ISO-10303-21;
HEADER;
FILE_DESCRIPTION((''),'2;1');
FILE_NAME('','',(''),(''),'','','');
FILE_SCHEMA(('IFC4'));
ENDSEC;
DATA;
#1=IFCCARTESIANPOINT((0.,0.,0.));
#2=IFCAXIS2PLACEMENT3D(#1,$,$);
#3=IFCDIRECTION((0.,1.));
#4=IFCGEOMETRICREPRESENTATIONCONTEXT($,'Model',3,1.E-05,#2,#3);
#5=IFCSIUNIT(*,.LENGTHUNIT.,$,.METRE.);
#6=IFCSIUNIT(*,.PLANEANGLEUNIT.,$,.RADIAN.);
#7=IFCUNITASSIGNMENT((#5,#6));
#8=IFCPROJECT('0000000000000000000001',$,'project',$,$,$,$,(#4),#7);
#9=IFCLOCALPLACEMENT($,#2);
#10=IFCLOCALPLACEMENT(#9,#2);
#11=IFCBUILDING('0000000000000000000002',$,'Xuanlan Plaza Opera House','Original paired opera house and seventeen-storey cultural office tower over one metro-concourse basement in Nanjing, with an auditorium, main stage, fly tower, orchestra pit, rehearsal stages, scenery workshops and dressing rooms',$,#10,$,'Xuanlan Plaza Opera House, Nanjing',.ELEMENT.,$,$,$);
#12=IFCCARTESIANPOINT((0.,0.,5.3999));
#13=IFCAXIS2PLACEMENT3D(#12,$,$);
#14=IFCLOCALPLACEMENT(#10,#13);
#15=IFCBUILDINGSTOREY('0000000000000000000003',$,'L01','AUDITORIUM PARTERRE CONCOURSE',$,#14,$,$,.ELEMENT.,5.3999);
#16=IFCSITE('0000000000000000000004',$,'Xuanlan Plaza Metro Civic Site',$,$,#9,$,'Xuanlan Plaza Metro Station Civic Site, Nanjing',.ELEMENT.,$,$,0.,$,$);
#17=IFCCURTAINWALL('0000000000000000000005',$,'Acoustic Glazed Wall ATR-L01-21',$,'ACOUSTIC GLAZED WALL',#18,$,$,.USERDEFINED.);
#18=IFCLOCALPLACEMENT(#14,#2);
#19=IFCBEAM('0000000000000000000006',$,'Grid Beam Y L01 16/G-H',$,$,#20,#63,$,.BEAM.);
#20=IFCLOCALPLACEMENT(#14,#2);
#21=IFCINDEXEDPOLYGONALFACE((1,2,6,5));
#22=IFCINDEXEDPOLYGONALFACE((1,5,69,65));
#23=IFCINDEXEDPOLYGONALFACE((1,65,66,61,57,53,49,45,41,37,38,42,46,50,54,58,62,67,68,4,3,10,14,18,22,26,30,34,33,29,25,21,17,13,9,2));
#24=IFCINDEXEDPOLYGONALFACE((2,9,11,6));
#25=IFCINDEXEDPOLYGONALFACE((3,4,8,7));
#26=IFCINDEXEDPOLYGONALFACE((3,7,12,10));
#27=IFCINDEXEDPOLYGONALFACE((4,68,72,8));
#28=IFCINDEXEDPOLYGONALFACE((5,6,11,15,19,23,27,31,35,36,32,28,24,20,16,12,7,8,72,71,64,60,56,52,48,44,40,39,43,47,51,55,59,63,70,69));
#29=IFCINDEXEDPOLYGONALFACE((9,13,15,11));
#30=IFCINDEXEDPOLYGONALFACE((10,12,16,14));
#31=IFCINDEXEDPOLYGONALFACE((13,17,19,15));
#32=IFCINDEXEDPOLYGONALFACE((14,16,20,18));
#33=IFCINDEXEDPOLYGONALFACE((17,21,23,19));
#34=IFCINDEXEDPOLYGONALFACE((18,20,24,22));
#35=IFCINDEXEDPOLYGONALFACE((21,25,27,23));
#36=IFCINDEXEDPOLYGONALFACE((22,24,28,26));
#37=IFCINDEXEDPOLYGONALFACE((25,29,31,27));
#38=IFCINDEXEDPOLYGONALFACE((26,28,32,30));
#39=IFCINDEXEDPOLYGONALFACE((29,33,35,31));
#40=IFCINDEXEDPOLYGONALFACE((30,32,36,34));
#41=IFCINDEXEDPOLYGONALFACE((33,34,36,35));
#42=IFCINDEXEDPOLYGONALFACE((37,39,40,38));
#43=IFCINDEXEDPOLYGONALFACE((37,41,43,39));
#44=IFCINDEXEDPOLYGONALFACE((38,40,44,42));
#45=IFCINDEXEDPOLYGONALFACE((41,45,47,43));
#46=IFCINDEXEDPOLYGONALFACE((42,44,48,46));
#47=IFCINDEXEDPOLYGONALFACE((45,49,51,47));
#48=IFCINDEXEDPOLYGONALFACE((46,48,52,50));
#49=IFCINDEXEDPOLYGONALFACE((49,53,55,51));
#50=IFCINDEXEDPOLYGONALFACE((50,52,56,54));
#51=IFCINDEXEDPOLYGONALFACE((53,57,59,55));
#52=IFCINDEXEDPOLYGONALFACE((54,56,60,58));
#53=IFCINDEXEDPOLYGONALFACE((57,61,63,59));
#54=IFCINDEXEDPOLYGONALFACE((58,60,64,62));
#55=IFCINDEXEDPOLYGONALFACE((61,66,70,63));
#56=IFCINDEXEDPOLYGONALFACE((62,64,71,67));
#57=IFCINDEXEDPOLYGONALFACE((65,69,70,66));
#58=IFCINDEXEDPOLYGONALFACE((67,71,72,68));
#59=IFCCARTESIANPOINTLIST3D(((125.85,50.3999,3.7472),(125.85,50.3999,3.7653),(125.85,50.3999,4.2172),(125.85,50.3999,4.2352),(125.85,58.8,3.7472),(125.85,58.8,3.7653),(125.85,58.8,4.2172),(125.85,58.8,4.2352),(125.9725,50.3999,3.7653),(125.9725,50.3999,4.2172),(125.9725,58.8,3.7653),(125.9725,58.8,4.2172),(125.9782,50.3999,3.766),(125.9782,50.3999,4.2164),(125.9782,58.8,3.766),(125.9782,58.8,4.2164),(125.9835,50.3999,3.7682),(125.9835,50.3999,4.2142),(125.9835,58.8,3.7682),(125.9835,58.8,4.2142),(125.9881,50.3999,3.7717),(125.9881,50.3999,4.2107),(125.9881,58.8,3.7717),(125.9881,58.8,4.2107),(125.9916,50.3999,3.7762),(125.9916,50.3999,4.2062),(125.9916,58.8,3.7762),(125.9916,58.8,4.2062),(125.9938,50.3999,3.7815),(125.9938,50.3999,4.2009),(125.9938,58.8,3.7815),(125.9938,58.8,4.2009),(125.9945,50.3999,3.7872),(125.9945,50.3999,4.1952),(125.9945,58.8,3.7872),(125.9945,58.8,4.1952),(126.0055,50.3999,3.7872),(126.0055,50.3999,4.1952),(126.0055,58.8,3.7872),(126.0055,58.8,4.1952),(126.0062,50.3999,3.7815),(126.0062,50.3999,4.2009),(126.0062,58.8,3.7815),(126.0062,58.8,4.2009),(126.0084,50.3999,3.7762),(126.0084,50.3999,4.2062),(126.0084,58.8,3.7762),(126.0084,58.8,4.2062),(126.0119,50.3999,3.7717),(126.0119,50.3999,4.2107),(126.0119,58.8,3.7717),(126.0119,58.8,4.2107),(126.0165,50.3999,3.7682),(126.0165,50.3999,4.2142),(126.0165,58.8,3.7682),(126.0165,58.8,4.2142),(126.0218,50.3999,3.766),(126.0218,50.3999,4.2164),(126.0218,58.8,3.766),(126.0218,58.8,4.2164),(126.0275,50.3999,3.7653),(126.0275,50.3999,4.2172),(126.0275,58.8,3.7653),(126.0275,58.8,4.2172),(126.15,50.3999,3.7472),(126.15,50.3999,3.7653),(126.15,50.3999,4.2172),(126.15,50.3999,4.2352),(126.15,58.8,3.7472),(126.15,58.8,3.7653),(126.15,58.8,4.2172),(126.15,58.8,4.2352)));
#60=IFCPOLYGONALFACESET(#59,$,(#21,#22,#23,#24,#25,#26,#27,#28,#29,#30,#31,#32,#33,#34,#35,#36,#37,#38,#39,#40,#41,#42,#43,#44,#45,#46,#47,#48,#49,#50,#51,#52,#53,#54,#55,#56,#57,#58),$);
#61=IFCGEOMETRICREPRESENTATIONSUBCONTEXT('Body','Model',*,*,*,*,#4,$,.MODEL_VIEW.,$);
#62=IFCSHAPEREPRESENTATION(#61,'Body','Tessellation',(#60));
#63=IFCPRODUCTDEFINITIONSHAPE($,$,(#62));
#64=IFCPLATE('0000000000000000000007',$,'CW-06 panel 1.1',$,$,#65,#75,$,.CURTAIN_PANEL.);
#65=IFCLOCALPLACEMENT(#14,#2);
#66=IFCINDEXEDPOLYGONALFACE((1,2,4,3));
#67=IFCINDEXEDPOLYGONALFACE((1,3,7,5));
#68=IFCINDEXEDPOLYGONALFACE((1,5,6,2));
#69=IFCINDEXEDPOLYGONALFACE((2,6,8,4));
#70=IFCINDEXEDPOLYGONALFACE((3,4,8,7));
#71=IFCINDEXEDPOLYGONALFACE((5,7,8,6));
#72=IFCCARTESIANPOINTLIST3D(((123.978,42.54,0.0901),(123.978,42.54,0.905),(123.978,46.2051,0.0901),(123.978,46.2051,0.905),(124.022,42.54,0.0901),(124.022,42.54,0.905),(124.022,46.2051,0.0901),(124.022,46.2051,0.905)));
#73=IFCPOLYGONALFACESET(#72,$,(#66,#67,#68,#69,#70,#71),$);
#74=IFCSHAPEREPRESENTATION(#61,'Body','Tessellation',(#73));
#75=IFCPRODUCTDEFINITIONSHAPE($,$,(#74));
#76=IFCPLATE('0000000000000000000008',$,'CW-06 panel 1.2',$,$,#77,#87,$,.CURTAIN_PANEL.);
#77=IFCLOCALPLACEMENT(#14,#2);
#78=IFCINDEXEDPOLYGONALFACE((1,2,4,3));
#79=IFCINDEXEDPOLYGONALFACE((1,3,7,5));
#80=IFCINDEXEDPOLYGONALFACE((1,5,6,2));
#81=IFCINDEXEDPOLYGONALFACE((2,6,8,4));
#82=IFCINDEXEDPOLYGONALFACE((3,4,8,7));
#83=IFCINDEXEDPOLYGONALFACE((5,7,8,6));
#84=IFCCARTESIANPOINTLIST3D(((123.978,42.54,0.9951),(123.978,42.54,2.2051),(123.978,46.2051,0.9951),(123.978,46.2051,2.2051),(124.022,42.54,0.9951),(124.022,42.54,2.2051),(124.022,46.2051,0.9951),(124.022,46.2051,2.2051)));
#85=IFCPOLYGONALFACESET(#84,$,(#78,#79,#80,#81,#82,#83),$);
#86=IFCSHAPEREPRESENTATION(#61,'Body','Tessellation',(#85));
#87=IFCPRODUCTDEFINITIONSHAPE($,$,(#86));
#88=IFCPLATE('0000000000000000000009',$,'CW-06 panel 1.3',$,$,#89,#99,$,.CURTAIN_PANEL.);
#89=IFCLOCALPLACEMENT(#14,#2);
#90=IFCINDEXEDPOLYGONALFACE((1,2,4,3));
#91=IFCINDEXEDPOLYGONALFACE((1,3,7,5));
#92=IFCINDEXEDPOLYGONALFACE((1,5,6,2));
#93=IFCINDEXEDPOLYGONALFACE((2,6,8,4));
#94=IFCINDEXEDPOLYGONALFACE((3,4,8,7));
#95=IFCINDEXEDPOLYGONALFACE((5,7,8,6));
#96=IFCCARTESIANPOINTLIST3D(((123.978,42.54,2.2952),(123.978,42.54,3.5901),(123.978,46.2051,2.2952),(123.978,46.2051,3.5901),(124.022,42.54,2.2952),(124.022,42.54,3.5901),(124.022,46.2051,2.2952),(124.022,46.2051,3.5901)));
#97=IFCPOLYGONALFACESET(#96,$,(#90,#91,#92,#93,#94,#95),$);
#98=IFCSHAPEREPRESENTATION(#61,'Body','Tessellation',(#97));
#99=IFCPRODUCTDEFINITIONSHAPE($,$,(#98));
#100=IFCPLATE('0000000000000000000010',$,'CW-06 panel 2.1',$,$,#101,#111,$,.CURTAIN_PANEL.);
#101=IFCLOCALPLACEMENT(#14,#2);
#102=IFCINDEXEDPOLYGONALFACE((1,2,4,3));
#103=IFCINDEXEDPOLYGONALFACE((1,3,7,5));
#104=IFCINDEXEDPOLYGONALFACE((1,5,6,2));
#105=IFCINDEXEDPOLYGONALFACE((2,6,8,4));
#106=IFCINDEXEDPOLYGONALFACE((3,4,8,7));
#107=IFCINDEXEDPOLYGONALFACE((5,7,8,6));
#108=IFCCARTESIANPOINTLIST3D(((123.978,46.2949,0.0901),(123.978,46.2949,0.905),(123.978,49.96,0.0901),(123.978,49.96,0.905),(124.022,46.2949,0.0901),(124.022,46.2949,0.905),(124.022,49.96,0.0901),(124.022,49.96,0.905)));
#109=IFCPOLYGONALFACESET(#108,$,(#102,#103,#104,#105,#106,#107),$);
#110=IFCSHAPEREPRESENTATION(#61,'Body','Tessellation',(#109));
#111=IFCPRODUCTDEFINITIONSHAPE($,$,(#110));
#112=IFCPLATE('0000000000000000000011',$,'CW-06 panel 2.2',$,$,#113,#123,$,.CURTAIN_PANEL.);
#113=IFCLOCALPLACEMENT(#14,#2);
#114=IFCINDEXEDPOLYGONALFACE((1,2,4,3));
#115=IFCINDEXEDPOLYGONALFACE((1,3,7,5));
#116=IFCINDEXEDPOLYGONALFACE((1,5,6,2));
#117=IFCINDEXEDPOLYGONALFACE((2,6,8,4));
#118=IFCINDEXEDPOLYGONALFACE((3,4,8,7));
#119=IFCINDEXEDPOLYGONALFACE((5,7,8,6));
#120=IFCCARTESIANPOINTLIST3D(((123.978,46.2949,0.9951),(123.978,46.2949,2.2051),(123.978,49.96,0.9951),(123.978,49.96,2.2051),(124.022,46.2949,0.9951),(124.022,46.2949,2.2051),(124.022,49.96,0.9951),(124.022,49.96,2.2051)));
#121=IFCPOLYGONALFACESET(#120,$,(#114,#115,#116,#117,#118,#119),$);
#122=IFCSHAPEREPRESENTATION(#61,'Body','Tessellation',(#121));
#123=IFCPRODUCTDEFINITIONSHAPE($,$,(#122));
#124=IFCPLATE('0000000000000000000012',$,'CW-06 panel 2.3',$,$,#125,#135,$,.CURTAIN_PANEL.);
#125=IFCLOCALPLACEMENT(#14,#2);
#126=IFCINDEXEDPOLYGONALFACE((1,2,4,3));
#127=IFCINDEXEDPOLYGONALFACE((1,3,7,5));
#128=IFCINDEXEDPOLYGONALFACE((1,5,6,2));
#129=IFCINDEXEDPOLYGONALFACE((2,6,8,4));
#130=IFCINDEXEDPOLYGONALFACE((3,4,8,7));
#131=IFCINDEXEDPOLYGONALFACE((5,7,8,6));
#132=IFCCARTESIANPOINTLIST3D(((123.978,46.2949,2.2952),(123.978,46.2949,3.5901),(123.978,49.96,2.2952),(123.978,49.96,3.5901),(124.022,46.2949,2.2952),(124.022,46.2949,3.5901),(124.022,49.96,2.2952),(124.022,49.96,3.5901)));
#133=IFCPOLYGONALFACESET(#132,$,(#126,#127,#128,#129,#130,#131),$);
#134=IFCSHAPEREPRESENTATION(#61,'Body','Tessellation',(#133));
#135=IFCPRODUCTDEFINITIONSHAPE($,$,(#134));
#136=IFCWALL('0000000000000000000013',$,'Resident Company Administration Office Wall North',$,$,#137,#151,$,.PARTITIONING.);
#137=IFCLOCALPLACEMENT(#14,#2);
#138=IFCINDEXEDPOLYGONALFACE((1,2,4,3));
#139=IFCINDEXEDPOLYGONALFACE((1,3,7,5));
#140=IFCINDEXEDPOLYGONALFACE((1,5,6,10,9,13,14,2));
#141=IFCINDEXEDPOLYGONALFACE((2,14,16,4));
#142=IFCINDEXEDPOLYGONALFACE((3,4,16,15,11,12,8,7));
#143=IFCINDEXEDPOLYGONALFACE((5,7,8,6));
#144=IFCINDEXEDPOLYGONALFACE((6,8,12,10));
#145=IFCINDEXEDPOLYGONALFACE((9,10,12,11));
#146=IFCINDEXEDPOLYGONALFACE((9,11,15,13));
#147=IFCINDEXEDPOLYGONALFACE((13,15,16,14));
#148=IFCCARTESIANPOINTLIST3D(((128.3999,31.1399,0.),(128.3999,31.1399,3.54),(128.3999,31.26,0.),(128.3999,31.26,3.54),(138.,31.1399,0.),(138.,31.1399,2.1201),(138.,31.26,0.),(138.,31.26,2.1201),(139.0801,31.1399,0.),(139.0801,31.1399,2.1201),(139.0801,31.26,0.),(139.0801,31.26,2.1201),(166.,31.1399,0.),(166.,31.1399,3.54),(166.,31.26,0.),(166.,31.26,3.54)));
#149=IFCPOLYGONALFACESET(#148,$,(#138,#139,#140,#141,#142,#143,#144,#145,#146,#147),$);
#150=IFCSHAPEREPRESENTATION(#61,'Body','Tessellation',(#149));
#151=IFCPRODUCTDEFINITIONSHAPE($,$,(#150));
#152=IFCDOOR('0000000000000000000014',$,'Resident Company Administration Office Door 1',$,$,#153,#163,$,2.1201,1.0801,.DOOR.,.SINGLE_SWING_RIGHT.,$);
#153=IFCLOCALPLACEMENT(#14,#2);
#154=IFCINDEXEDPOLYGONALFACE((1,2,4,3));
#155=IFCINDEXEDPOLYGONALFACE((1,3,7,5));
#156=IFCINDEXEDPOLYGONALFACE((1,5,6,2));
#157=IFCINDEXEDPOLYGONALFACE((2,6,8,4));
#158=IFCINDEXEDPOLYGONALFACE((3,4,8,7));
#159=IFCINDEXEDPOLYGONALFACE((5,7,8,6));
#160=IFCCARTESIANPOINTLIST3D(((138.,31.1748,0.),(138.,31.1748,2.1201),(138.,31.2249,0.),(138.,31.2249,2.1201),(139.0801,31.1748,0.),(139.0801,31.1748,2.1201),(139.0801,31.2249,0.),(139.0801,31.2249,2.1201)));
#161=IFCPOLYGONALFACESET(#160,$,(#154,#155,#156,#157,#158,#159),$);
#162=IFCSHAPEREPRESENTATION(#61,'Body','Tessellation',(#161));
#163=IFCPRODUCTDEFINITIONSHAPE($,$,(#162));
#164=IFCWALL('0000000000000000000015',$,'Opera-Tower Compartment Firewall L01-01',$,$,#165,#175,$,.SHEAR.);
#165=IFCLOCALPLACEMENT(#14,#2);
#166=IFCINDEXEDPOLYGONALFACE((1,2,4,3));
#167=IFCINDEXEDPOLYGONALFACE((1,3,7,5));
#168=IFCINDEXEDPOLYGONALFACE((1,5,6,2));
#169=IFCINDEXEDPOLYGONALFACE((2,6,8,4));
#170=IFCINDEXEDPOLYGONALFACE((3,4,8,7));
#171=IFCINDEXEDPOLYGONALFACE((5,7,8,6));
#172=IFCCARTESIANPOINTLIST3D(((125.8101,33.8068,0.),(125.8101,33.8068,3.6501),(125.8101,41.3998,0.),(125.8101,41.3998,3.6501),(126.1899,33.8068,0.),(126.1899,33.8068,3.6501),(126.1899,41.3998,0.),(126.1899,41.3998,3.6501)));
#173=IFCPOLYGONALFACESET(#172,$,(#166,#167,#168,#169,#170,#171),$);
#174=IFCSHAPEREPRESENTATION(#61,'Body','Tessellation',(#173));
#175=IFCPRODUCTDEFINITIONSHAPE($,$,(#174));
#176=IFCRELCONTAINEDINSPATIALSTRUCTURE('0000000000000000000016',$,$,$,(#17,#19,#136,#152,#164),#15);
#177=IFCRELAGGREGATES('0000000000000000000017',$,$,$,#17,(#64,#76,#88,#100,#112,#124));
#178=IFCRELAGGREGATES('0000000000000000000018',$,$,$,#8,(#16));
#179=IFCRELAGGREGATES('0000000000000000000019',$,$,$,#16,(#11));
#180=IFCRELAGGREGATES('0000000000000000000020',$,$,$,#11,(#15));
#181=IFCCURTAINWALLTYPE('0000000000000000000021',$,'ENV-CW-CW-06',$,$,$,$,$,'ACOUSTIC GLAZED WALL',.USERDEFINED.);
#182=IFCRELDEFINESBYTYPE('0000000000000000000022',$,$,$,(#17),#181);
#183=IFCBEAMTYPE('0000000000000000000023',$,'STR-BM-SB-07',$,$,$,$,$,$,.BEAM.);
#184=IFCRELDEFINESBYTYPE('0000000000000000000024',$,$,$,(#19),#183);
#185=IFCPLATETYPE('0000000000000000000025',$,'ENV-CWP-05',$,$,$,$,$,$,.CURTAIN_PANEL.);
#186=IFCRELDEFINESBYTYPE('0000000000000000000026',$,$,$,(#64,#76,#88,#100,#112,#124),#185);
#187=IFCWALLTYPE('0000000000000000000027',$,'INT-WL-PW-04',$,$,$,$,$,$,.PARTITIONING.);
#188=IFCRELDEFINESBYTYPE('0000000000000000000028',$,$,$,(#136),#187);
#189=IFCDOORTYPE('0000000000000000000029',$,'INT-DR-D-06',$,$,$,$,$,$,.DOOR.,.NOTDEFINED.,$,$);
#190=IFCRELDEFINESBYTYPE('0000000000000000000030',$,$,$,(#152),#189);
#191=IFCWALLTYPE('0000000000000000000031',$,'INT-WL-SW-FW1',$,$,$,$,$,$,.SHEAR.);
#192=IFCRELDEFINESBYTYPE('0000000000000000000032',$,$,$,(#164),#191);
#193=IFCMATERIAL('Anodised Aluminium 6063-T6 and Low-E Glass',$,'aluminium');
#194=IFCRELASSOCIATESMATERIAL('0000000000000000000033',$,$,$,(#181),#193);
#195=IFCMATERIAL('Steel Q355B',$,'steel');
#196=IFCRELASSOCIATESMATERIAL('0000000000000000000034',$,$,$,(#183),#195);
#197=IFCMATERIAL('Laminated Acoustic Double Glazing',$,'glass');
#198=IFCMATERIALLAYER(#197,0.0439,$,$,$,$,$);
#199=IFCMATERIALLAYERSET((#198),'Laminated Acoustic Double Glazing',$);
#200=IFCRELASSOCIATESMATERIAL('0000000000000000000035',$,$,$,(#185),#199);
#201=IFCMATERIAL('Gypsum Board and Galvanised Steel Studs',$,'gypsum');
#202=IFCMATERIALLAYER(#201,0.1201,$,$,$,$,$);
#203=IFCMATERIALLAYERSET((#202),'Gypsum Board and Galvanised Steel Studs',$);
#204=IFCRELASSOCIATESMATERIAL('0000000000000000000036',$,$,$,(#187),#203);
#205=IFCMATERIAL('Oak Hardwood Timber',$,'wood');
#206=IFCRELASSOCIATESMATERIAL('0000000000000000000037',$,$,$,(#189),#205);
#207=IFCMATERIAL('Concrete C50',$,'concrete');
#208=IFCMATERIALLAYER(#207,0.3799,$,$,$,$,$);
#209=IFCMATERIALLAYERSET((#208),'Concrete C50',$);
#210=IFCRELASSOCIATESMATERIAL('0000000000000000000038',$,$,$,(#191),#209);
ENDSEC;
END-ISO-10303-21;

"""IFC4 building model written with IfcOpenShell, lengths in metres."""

from ifc_helpers import new_model, si_unit, direction, frame, frame_2d, origin, origin_2d, place, context, subcontext, project, spatial, rectangle, i_section, extrude, material, layer, layer_set, material_profile, profile_set, type_object, element, fill, aggregate, save


model = new_model("IFC4")

# Units and contexts
model_context = context("Model", 3, precision=1e-05, world=origin(), true_north=direction((0.0, 1.0)))
body_context = subcontext(model_context, "Body", "Model", "MODEL_VIEW")
ifc_project = project(units=[si_unit("LENGTHUNIT", "METRE"), si_unit("PLANEANGLEUNIT", "RADIAN")], contexts=[model_context])

# Site, building, storey
site_placement = place(None, origin())
site = spatial("IfcSite", under=ifc_project, at=site_placement, Name="Xuanlan Plaza Metro Civic Site", LongName="Xuanlan Plaza Metro Station Civic Site, Nanjing", CompositionType="ELEMENT", RefElevation=0.0)
building_placement = place(site_placement, origin())
building = spatial("IfcBuilding", under=site, at=building_placement, Name="Xuanlan Plaza Opera House", Description="Original paired opera house and seventeen-storey cultural office tower over one metro-concourse basement in Nanjing, with an auditorium, main stage, fly tower, orchestra pit, rehearsal stages, scenery workshops and dressing rooms", LongName="Xuanlan Plaza Opera House, Nanjing", CompositionType="ELEMENT")
storey_placement = place(building_placement, frame((0.0, 0.0, 5.3999)))
storey = spatial("IfcBuildingStorey", under=building, at=storey_placement, Name="L01", Description="AUDITORIUM PARTERRE CONCOURSE", CompositionType="ELEMENT", Elevation=5.3999)

# Curtain wall
ifc_material_1 = material(Name="Anodised Aluminium 6063-T6 and Low-E Glass", Category="aluminium")
curtain_wall_type = type_object("IfcCurtainWallType", Name="ENV-CW-CW-06", ElementType="ACOUSTIC GLAZED WALL", PredefinedType="USERDEFINED", material=ifc_material_1)
curtain_wall_placement = place(storey_placement, origin())
curtain_wall = element("IfcCurtainWall", 1, at=curtain_wall_placement, inside=storey, type_object=curtain_wall_type, Name="Acoustic Glazed Wall ATR-L01-21", ObjectType="ACOUSTIC GLAZED WALL", PredefinedType="USERDEFINED")

# Beam
ifc_material_2 = material(Name="Steel Q355B", Category="steel")
ifc_material_profile_1 = material_profile(ifc_material_2, i_section(OverallWidth=0.3, OverallDepth=0.488, WebThickness=0.011, FlangeThickness=0.0181, FilletRadius=0.022, at=origin_2d()), Name="HM 488x300x11x18")
ifc_profile_set_1 = profile_set([ifc_material_profile_1], Name="Steel Q355B")
beam_type_1 = type_object("IfcBeamType", Name="STR-BM-SB-07", PredefinedType="BEAM", material=ifc_profile_set_1)
beam_1_placement = place(storey_placement, frame((126.0, 50.3999, 3.9912), z_axis=(0.0, 1.0, 0.0), x_axis=(-1.0, 0.0, 0.0)))
element("IfcBeam", 2, at=beam_1_placement, inside=storey, type_object=beam_type_1, Name="Grid Beam Y L01 16/G-H", PredefinedType="BEAM", context=body_context, shape_type="SweptSolid", body=[
    extrude(i_section(OverallWidth=0.3, OverallDepth=0.488, WebThickness=0.011, FlangeThickness=0.0181, FilletRadius=0.022, at=origin_2d()), origin(), (0.0, 0.0, 1.0), 8.4001),
])

# Plates
ifc_material_3 = material(Name="Laminated Acoustic Double Glazing", Category="glass")
ifc_layer_1 = layer(ifc_material_3, 0.0439)
ifc_layer_set_1 = layer_set([ifc_layer_1], Name="Laminated Acoustic Double Glazing")
plate_type = type_object("IfcPlateType", Name="ENV-CWP-05", PredefinedType="CURTAIN_PANEL", material=ifc_layer_set_1)
plate_1_placement = place(storey_placement, frame((124.0, 44.3726, 0.0901), z_axis=(0.0, 0.0, 1.0), x_axis=(0.0, 1.0, 0.0)))
plate_1 = element("IfcPlate", 3, at=plate_1_placement, type_object=plate_type, Name="CW-06 panel 1.1", PredefinedType="CURTAIN_PANEL", context=body_context, shape_type="SweptSolid", body=[
    extrude(rectangle(XDim=3.665, YDim=0.0439, at=origin_2d()), origin(), (0.0, 0.0, 1.0), 0.8149),
])
plate_2_placement = place(storey_placement, frame((124.0, 44.3726, 0.9951), z_axis=(0.0, 0.0, 1.0), x_axis=(0.0, 1.0, 0.0)))
plate_2 = element("IfcPlate", 4, at=plate_2_placement, type_object=plate_type, Name="CW-06 panel 1.2", PredefinedType="CURTAIN_PANEL", context=body_context, shape_type="SweptSolid", body=[
    extrude(rectangle(XDim=3.665, YDim=0.0439, at=origin_2d()), origin(), (0.0, 0.0, 1.0), 1.21),
])
plate_3_placement = place(storey_placement, frame((124.0, 44.3726, 2.2952), z_axis=(0.0, 0.0, 1.0), x_axis=(0.0, 1.0, 0.0)))
plate_3 = element("IfcPlate", 5, at=plate_3_placement, type_object=plate_type, Name="CW-06 panel 1.3", PredefinedType="CURTAIN_PANEL", context=body_context, shape_type="SweptSolid", body=[
    extrude(rectangle(XDim=3.665, YDim=0.0439, at=origin_2d()), origin(), (0.0, 0.0, 1.0), 1.2949),
])
plate_4_placement = place(storey_placement, frame((124.0, 48.1274, 0.0901), z_axis=(0.0, 0.0, 1.0), x_axis=(0.0, 1.0, 0.0)))
plate_4 = element("IfcPlate", 6, at=plate_4_placement, type_object=plate_type, Name="CW-06 panel 2.1", PredefinedType="CURTAIN_PANEL", context=body_context, shape_type="SweptSolid", body=[
    extrude(rectangle(XDim=3.665, YDim=0.0439, at=origin_2d()), origin(), (0.0, 0.0, 1.0), 0.8149),
])
plate_5_placement = place(storey_placement, frame((124.0, 48.1274, 0.9951), z_axis=(0.0, 0.0, 1.0), x_axis=(0.0, 1.0, 0.0)))
plate_5 = element("IfcPlate", 7, at=plate_5_placement, type_object=plate_type, Name="CW-06 panel 2.2", PredefinedType="CURTAIN_PANEL", context=body_context, shape_type="SweptSolid", body=[
    extrude(rectangle(XDim=3.665, YDim=0.0439, at=origin_2d()), origin(), (0.0, 0.0, 1.0), 1.21),
])
plate_6_placement = place(storey_placement, frame((124.0, 48.1274, 2.2952), z_axis=(0.0, 0.0, 1.0), x_axis=(0.0, 1.0, 0.0)))
plate_6 = element("IfcPlate", 8, at=plate_6_placement, type_object=plate_type, Name="CW-06 panel 2.3", PredefinedType="CURTAIN_PANEL", context=body_context, shape_type="SweptSolid", body=[
    extrude(rectangle(XDim=3.665, YDim=0.0439, at=origin_2d()), origin(), (0.0, 0.0, 1.0), 1.2949),
])
aggregate(curtain_wall, [plate_1, plate_2, plate_3, plate_4, plate_5, plate_6])

# Wall, opening, door
ifc_material_4 = material(Name="Gypsum Board and Galvanised Steel Studs", Category="gypsum")
ifc_layer_2 = layer(ifc_material_4, 0.1201)
ifc_layer_set_2 = layer_set([ifc_layer_2], Name="Gypsum Board and Galvanised Steel Studs")
wall_type_1 = type_object("IfcWallType", Name="INT-WL-PW-04", PredefinedType="PARTITIONING", material=ifc_layer_set_2)
wall_1_placement = place(storey_placement, frame((128.3999, 31.2, 0.0), z_axis=(0.0, 0.0, 1.0), x_axis=(1.0, 0.0, 0.0)))
wall_1 = element("IfcWall", 9, at=wall_1_placement, inside=storey, type_object=wall_type_1, Name="Resident Company Administration Office Wall North", PredefinedType="PARTITIONING", context=body_context, shape_type="SweptSolid", body=[
    extrude(rectangle(XDim=37.6001, YDim=0.1201, at=frame_2d((18.8, 0.0))), origin(), (0.0, 0.0, 1.0), 3.54),
])
opening_1_placement = place(wall_1_placement, frame((9.6001, 0.0, 0.0)))
opening_1 = element("IfcOpeningElement", 10, at=opening_1_placement, cuts=wall_1, PredefinedType="OPENING", context=body_context, shape_type="SweptSolid", body=[
    extrude(rectangle(XDim=1.0801, YDim=2.1201, at=frame_2d((0.54, 1.0601))), frame((0.0, 0.0701, 0.0), z_axis=(0.0, -1.0, 0.0), x_axis=(1.0, 0.0, 0.0)), (0.0, 0.0, 1.0), 0.1401),
])
ifc_material_5 = material(Name="Oak Hardwood Timber", Category="wood")
door_type_1 = type_object("IfcDoorType", Name="INT-DR-D-06", OperationType="NOTDEFINED", PredefinedType="DOOR", material=ifc_material_5)
door_1_placement = place(opening_1_placement, origin())
door_1 = element("IfcDoor", 11, at=door_1_placement, inside=storey, type_object=door_type_1, Name="Resident Company Administration Office Door 1", OperationType="SINGLE_SWING_RIGHT", OverallHeight=2.1201, OverallWidth=1.0801, PredefinedType="DOOR", context=body_context, shape_type="SweptSolid", body=[
    extrude(rectangle(XDim=1.0801, YDim=2.1201, at=frame_2d((0.54, 1.0601))), frame((0.0, 0.0249, 0.0), z_axis=(0.0, -1.0, 0.0), x_axis=(1.0, 0.0, 0.0)), (0.0, 0.0, 1.0), 0.05),
])
fill(opening_1, door_1)

# Wall
ifc_material_6 = material(Name="Concrete C50", Category="concrete")
ifc_layer_3 = layer(ifc_material_6, 0.3799)
ifc_layer_set_3 = layer_set([ifc_layer_3], Name="Concrete C50")
wall_type_2 = type_object("IfcWallType", Name="INT-WL-SW-FW1", PredefinedType="SHEAR", material=ifc_layer_set_3)
wall_2_placement = place(storey_placement, frame((126.0, 33.8069, 0.0), z_axis=(0.0, 0.0, 1.0), x_axis=(0.0, 1.0, 0.0)))
element("IfcWall", 12, at=wall_2_placement, inside=storey, type_object=wall_type_2, Name="Opera-Tower Compartment Firewall L01-01", PredefinedType="SHEAR", context=body_context, shape_type="SweptSolid", body=[
    extrude(rectangle(XDim=7.593, YDim=0.3799, at=frame_2d((3.7964, 0.0))), origin(), (0.0, 0.0, 1.0), 3.6501),
])

save(model, "model.ifc")
